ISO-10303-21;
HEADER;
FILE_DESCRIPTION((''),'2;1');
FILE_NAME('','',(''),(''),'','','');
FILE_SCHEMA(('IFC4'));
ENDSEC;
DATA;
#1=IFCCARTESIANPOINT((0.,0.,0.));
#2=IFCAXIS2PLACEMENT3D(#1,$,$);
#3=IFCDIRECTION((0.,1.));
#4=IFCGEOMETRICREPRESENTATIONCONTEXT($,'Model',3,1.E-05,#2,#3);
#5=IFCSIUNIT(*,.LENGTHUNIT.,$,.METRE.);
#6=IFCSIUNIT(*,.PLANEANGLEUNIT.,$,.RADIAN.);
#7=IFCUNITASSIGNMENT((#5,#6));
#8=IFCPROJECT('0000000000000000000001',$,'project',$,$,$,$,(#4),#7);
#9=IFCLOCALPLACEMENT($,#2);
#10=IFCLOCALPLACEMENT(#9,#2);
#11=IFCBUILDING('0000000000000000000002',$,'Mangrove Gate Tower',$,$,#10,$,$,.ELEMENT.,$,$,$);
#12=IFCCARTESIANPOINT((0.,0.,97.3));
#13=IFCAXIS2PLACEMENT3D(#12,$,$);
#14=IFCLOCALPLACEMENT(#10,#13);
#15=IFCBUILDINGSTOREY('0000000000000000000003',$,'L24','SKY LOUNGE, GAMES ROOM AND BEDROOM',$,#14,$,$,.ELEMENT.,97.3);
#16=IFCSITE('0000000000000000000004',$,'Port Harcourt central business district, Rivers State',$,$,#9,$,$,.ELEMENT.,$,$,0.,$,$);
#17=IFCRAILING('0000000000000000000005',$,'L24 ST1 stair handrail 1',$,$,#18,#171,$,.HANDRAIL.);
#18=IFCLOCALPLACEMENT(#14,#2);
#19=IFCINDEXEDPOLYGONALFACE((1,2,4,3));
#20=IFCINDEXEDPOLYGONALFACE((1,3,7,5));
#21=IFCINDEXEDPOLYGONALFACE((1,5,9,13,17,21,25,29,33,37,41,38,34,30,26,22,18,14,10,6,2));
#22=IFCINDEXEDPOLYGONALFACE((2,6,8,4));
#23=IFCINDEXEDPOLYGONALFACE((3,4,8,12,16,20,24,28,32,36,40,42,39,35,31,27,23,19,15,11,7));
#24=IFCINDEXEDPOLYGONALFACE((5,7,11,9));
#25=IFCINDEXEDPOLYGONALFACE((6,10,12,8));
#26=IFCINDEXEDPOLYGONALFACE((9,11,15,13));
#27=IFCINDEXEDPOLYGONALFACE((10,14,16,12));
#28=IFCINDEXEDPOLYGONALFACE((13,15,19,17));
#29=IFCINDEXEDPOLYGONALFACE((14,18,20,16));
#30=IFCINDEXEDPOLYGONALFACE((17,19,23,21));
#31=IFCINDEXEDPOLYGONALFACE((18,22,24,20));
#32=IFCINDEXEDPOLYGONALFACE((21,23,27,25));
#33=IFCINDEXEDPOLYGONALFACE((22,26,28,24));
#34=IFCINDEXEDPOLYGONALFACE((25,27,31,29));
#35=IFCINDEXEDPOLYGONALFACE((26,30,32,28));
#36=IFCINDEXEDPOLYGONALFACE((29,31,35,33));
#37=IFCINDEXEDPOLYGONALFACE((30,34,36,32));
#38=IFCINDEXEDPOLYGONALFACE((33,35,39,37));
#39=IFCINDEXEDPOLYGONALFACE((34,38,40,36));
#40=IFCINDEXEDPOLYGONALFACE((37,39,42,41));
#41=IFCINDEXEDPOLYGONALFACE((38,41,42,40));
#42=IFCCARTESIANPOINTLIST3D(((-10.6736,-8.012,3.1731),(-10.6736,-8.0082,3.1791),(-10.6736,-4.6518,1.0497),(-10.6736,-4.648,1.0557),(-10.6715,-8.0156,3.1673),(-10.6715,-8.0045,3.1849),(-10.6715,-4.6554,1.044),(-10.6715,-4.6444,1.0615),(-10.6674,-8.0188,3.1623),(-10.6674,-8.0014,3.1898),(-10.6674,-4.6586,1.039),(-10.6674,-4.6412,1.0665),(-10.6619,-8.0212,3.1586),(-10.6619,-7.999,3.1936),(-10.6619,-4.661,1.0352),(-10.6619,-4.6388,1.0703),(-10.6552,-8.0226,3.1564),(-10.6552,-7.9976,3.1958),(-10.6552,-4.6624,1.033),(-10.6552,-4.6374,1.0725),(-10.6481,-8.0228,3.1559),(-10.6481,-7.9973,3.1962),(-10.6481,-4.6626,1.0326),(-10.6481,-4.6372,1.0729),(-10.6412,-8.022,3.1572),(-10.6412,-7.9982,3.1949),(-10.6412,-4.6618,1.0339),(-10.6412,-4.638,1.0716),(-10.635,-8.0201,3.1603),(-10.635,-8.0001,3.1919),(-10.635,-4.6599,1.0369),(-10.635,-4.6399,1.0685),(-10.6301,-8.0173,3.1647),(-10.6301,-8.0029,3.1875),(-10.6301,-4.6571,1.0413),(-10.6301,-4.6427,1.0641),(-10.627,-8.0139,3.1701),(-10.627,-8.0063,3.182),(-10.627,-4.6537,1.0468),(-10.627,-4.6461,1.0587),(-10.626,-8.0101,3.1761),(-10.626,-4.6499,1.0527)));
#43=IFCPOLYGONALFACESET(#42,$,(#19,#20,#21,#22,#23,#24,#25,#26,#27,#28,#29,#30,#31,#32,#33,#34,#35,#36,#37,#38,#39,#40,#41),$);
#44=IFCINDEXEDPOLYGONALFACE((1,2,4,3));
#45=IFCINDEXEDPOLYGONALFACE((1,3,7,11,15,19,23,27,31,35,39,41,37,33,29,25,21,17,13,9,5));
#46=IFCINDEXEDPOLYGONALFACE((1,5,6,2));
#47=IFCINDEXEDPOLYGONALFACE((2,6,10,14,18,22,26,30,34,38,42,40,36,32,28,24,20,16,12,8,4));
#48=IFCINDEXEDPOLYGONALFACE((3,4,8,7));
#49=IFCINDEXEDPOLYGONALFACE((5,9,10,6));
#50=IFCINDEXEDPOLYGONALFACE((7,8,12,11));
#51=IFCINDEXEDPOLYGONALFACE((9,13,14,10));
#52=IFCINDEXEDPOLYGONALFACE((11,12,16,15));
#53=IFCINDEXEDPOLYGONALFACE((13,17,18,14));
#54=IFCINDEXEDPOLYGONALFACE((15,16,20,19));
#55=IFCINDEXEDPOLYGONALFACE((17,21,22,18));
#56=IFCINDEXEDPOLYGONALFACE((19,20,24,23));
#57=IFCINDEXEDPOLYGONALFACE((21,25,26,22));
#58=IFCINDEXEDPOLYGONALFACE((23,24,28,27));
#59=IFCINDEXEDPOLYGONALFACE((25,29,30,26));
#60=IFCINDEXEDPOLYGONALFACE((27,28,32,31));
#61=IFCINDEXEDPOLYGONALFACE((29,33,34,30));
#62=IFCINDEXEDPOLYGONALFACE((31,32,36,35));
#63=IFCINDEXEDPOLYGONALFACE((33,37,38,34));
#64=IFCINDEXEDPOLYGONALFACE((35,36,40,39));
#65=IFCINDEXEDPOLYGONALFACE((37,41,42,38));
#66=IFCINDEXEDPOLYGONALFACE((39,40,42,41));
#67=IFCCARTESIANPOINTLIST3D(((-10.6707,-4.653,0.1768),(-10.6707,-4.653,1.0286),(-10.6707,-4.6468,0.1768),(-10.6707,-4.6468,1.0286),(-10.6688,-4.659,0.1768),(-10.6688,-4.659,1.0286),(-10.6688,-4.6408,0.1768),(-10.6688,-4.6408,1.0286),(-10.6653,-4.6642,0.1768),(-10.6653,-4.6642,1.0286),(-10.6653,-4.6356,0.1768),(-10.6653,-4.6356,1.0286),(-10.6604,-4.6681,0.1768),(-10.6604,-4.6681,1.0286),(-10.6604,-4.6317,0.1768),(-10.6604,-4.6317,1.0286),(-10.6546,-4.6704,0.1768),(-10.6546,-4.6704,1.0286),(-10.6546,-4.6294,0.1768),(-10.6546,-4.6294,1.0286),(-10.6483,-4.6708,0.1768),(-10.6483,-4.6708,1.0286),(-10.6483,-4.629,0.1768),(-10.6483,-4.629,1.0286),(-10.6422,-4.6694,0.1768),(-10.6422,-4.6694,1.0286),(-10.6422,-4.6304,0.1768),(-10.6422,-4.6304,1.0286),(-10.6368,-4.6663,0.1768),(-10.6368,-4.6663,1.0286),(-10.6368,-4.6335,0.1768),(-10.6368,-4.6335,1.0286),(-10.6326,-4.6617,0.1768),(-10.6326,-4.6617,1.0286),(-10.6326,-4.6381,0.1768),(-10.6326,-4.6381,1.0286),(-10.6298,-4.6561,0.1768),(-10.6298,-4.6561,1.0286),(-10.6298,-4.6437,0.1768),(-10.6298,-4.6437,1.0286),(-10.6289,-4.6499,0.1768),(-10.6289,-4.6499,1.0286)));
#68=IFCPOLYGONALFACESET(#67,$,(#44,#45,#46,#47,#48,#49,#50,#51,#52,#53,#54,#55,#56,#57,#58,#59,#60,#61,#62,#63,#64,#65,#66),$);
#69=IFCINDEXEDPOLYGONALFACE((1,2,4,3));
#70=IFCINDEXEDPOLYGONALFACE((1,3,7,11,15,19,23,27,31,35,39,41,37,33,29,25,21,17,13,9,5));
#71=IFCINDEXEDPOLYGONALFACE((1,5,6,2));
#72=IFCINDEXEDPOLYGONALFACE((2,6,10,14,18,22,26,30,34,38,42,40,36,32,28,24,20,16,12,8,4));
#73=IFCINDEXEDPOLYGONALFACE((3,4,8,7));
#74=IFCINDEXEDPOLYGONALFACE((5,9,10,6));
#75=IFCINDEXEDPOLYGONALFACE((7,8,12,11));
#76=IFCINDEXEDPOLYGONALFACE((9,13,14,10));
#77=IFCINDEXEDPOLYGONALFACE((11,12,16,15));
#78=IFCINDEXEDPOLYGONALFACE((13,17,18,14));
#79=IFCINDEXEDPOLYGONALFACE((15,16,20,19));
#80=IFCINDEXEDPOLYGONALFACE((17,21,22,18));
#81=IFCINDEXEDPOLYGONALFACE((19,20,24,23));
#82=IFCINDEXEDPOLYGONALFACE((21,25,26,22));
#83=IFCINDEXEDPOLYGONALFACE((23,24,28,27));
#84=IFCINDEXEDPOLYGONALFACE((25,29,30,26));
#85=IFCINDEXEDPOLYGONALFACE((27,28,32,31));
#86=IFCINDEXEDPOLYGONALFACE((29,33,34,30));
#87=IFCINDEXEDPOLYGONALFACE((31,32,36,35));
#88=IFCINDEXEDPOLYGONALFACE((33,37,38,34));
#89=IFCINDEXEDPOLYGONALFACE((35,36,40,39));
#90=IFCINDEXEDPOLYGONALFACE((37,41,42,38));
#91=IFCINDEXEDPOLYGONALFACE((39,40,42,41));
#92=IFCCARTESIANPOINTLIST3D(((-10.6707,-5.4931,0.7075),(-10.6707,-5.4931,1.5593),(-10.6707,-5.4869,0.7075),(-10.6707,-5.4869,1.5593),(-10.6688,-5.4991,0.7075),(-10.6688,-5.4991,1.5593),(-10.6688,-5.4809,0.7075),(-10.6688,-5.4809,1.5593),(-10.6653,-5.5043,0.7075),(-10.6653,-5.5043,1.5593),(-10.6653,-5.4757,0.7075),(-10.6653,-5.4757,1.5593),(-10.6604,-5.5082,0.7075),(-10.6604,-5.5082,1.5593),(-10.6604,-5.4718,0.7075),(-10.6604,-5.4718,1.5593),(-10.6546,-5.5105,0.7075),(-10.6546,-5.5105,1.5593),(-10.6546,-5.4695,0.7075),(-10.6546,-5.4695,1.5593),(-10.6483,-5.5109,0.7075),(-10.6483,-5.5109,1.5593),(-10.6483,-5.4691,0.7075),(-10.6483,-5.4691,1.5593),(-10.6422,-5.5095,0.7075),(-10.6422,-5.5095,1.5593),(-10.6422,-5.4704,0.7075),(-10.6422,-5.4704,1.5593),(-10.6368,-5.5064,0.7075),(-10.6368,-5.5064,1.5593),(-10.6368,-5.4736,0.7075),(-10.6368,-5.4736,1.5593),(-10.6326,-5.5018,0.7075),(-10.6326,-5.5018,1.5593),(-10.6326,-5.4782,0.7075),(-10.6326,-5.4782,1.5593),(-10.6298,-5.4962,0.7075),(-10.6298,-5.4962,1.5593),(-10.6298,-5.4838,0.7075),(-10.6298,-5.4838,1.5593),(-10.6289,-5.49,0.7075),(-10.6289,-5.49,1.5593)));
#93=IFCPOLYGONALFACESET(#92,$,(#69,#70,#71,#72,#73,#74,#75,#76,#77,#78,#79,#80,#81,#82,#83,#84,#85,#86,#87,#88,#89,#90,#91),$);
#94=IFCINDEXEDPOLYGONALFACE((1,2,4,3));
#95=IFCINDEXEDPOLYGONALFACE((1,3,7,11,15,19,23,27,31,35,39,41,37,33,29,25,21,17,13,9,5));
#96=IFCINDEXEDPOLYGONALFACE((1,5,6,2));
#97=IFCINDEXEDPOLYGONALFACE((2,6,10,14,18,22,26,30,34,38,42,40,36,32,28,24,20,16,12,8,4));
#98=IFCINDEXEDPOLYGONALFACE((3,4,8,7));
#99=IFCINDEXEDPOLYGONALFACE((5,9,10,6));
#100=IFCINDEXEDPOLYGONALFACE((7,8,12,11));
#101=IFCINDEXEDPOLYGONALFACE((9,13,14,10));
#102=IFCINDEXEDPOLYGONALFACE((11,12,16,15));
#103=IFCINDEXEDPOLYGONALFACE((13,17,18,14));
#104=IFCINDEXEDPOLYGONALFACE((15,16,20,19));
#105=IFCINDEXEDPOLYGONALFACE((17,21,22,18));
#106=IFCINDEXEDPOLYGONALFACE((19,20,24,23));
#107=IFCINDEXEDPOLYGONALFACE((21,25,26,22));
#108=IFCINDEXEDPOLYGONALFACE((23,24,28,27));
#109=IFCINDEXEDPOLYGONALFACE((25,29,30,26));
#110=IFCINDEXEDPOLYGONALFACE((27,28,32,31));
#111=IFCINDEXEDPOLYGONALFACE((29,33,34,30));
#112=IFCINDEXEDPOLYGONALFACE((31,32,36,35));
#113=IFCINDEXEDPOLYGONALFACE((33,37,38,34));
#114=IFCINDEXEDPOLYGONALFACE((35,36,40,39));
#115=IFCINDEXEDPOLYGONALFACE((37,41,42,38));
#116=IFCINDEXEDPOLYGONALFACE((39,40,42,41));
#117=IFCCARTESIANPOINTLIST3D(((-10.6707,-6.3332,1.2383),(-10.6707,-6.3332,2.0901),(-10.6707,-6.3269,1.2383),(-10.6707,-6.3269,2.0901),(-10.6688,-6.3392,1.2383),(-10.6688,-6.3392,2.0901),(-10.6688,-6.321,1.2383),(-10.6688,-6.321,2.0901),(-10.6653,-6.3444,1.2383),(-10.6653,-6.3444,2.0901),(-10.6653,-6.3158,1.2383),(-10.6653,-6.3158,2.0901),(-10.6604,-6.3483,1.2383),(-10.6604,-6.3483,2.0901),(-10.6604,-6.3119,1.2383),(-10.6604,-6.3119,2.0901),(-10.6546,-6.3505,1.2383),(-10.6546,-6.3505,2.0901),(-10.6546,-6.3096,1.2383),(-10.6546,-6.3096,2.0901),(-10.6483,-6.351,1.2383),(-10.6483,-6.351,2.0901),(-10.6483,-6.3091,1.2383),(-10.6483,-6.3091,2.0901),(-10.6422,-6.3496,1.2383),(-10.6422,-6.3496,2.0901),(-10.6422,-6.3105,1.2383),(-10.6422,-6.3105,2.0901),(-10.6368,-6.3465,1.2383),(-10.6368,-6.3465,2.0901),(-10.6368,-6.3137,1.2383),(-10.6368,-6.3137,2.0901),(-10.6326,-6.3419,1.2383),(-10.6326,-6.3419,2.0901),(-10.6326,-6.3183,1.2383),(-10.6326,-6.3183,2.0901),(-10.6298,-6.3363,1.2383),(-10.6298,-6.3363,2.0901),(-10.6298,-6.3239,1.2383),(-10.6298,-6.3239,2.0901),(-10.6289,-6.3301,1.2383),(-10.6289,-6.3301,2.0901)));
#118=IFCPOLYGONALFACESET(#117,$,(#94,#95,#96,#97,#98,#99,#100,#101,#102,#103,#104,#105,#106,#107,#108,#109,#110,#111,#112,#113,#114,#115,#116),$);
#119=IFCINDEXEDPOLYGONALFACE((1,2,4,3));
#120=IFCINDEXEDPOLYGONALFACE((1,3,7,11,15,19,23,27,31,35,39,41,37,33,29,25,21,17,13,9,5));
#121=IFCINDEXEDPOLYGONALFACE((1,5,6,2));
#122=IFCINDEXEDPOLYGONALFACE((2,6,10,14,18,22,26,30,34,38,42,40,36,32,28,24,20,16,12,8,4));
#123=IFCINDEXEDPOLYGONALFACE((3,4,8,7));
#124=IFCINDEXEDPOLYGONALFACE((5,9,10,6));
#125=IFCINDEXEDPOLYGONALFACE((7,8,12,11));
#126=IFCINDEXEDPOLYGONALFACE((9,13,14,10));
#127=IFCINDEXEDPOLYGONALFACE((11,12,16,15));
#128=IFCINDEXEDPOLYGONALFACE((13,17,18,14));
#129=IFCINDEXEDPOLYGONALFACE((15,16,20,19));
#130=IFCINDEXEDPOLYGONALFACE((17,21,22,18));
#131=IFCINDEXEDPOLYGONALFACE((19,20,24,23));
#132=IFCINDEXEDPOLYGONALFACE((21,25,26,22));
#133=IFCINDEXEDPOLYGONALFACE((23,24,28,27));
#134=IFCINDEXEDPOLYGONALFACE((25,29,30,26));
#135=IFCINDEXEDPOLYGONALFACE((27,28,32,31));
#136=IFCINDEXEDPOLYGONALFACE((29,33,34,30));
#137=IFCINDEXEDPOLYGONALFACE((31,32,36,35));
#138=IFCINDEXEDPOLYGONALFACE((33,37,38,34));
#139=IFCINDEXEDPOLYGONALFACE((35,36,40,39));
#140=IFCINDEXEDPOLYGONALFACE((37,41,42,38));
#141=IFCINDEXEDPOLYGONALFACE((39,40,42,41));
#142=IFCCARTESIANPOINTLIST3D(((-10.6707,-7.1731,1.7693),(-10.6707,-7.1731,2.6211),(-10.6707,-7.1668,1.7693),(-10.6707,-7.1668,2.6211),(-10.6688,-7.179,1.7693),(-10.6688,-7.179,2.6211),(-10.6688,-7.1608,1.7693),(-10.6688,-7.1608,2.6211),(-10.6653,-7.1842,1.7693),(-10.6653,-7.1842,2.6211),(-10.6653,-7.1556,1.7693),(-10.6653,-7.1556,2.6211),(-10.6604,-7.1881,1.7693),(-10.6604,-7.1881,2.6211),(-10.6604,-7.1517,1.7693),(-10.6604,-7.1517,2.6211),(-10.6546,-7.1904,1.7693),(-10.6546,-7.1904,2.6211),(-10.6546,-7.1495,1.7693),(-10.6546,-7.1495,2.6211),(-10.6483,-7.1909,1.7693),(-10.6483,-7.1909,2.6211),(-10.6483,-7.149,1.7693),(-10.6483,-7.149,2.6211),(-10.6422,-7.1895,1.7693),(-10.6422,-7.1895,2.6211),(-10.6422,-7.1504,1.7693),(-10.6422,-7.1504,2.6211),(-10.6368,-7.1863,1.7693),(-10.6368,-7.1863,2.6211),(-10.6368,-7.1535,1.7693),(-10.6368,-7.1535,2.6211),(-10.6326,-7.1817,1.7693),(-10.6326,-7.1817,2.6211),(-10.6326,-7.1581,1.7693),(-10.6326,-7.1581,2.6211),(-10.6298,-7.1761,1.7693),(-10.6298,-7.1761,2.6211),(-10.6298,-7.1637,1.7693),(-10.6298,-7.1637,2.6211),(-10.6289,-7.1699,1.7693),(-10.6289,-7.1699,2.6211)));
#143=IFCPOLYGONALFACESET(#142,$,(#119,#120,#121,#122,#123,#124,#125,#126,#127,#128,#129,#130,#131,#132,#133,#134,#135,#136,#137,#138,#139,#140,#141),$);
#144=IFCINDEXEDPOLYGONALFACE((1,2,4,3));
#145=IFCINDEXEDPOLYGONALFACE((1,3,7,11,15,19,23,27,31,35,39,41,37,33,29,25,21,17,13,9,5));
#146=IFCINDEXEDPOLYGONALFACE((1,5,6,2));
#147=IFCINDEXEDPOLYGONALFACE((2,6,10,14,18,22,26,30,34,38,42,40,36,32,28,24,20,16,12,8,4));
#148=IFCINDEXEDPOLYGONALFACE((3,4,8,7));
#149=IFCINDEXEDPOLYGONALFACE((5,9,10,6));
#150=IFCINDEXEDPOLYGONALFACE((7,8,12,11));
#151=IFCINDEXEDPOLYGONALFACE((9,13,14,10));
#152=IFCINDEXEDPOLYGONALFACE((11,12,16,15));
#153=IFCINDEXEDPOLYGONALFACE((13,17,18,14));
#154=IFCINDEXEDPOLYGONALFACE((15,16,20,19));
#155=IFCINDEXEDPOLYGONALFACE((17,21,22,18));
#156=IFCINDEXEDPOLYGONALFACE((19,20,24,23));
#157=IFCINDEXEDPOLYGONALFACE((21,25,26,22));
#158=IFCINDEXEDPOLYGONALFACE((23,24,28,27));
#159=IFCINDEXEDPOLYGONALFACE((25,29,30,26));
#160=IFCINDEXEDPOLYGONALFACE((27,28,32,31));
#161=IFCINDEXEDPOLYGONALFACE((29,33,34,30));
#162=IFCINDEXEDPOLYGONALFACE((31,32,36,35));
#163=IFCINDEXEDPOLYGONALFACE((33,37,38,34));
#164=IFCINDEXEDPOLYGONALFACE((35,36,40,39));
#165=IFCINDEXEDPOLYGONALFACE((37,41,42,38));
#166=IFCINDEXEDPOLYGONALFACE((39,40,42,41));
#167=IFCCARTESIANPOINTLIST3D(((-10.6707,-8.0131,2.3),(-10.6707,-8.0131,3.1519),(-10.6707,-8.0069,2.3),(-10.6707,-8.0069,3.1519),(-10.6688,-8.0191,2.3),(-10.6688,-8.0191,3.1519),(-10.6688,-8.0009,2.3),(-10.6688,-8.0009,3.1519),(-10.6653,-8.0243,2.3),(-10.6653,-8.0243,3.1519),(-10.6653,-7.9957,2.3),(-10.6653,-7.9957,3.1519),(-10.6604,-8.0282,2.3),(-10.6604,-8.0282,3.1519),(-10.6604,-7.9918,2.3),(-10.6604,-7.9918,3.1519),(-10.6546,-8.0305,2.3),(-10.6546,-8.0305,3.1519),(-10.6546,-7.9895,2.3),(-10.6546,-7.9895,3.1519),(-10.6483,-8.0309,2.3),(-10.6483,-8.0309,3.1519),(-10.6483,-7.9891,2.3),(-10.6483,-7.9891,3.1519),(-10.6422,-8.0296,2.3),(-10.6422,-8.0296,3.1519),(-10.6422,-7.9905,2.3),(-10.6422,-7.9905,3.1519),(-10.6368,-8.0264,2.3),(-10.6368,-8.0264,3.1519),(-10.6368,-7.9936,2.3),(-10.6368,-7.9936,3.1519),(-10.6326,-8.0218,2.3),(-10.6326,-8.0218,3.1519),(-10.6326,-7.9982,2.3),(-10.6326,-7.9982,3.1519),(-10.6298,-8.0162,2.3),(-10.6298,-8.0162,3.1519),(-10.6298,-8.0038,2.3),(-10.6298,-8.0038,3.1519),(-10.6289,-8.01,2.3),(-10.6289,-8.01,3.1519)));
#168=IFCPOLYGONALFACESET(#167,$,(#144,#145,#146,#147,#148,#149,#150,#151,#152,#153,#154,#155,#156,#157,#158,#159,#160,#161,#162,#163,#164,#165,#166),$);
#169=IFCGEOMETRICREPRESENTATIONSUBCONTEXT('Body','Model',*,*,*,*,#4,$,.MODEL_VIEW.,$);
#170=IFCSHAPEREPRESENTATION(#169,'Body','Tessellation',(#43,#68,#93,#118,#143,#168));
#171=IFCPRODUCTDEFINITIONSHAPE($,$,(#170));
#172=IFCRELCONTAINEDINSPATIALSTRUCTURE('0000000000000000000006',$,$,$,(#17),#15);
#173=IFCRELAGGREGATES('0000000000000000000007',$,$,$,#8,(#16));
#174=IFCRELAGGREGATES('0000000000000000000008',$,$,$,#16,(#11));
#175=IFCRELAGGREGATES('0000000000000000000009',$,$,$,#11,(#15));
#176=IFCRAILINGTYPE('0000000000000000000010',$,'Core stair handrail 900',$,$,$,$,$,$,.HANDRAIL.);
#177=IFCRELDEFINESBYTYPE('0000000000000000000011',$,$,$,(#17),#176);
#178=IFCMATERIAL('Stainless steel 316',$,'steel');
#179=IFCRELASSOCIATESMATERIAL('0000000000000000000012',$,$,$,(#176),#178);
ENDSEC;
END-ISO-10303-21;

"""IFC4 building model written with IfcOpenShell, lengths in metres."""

from ifc_helpers import new_model, si_unit, direction, frame, origin, origin_2d, place, context, subcontext, project, spatial, circle, extrude, material, type_object, element, save


model = new_model("IFC4")

# Units and contexts
model_context = context("Model", 3, precision=1e-05, world=origin(), true_north=direction((0.0, 1.0)))
body_context = subcontext(model_context, "Body", "Model", "MODEL_VIEW")
ifc_project = project(units=[si_unit("LENGTHUNIT", "METRE"), si_unit("PLANEANGLEUNIT", "RADIAN")], contexts=[model_context])

# Site, building, storey
site_placement = place(None, origin())
site = spatial("IfcSite", under=ifc_project, at=site_placement, Name="Port Harcourt central business district, Rivers State", CompositionType="ELEMENT", RefElevation=0.0)
building_placement = place(site_placement, origin())
building = spatial("IfcBuilding", under=site, at=building_placement, Name="Mangrove Gate Tower", CompositionType="ELEMENT")
storey_placement = place(building_placement, frame((0.0, 0.0, 97.3)))
storey = spatial("IfcBuildingStorey", under=building, at=storey_placement, Name="L24", Description="SKY LOUNGE, GAMES ROOM AND BEDROOM", CompositionType="ELEMENT", Elevation=97.3)

# Railing
ifc_material_1 = material(Name="Stainless steel 316", Category="steel")
railing_type_1 = type_object("IfcRailingType", Name="Core stair handrail 900", PredefinedType="HANDRAIL", material=ifc_material_1)
railing_1_placement = place(storey_placement, frame((-10.6499, -4.6499, 0.1768)))
element("IfcRailing", 1, at=railing_1_placement, inside=storey, type_object=railing_type_1, Name="L24 ST1 stair handrail 1", PredefinedType="HANDRAIL", context=body_context, shape_type="SweptSolid", body=[
    extrude(circle(Radius=0.0239, at=origin_2d()), frame((0.0, 0.0, 0.876), z_axis=(0.0, -0.845362, 0.534194), x_axis=(1.0, 0.0, 0.0)), (0.0, 0.0, 1.0), 3.9749),
    extrude(circle(Radius=0.021, at=origin_2d()), origin(), (0.0, 0.0, 1.0), 0.8518),
    extrude(circle(Radius=0.021, at=origin_2d()), frame((0.0, -0.8401, 0.5308)), (0.0, 0.0, 1.0), 0.8518),
    extrude(circle(Radius=0.021, at=origin_2d()), frame((0.0, -1.6802, 1.0615)), (0.0, 0.0, 1.0), 0.8518),
    extrude(circle(Radius=0.021, at=origin_2d()), frame((0.0, -2.52, 1.5925)), (0.0, 0.0, 1.0), 0.8518),
    extrude(circle(Radius=0.021, at=origin_2d()), frame((0.0, -3.3601, 2.1233)), (0.0, 0.0, 1.0), 0.8518),
])

save(model, "model.ifc")
